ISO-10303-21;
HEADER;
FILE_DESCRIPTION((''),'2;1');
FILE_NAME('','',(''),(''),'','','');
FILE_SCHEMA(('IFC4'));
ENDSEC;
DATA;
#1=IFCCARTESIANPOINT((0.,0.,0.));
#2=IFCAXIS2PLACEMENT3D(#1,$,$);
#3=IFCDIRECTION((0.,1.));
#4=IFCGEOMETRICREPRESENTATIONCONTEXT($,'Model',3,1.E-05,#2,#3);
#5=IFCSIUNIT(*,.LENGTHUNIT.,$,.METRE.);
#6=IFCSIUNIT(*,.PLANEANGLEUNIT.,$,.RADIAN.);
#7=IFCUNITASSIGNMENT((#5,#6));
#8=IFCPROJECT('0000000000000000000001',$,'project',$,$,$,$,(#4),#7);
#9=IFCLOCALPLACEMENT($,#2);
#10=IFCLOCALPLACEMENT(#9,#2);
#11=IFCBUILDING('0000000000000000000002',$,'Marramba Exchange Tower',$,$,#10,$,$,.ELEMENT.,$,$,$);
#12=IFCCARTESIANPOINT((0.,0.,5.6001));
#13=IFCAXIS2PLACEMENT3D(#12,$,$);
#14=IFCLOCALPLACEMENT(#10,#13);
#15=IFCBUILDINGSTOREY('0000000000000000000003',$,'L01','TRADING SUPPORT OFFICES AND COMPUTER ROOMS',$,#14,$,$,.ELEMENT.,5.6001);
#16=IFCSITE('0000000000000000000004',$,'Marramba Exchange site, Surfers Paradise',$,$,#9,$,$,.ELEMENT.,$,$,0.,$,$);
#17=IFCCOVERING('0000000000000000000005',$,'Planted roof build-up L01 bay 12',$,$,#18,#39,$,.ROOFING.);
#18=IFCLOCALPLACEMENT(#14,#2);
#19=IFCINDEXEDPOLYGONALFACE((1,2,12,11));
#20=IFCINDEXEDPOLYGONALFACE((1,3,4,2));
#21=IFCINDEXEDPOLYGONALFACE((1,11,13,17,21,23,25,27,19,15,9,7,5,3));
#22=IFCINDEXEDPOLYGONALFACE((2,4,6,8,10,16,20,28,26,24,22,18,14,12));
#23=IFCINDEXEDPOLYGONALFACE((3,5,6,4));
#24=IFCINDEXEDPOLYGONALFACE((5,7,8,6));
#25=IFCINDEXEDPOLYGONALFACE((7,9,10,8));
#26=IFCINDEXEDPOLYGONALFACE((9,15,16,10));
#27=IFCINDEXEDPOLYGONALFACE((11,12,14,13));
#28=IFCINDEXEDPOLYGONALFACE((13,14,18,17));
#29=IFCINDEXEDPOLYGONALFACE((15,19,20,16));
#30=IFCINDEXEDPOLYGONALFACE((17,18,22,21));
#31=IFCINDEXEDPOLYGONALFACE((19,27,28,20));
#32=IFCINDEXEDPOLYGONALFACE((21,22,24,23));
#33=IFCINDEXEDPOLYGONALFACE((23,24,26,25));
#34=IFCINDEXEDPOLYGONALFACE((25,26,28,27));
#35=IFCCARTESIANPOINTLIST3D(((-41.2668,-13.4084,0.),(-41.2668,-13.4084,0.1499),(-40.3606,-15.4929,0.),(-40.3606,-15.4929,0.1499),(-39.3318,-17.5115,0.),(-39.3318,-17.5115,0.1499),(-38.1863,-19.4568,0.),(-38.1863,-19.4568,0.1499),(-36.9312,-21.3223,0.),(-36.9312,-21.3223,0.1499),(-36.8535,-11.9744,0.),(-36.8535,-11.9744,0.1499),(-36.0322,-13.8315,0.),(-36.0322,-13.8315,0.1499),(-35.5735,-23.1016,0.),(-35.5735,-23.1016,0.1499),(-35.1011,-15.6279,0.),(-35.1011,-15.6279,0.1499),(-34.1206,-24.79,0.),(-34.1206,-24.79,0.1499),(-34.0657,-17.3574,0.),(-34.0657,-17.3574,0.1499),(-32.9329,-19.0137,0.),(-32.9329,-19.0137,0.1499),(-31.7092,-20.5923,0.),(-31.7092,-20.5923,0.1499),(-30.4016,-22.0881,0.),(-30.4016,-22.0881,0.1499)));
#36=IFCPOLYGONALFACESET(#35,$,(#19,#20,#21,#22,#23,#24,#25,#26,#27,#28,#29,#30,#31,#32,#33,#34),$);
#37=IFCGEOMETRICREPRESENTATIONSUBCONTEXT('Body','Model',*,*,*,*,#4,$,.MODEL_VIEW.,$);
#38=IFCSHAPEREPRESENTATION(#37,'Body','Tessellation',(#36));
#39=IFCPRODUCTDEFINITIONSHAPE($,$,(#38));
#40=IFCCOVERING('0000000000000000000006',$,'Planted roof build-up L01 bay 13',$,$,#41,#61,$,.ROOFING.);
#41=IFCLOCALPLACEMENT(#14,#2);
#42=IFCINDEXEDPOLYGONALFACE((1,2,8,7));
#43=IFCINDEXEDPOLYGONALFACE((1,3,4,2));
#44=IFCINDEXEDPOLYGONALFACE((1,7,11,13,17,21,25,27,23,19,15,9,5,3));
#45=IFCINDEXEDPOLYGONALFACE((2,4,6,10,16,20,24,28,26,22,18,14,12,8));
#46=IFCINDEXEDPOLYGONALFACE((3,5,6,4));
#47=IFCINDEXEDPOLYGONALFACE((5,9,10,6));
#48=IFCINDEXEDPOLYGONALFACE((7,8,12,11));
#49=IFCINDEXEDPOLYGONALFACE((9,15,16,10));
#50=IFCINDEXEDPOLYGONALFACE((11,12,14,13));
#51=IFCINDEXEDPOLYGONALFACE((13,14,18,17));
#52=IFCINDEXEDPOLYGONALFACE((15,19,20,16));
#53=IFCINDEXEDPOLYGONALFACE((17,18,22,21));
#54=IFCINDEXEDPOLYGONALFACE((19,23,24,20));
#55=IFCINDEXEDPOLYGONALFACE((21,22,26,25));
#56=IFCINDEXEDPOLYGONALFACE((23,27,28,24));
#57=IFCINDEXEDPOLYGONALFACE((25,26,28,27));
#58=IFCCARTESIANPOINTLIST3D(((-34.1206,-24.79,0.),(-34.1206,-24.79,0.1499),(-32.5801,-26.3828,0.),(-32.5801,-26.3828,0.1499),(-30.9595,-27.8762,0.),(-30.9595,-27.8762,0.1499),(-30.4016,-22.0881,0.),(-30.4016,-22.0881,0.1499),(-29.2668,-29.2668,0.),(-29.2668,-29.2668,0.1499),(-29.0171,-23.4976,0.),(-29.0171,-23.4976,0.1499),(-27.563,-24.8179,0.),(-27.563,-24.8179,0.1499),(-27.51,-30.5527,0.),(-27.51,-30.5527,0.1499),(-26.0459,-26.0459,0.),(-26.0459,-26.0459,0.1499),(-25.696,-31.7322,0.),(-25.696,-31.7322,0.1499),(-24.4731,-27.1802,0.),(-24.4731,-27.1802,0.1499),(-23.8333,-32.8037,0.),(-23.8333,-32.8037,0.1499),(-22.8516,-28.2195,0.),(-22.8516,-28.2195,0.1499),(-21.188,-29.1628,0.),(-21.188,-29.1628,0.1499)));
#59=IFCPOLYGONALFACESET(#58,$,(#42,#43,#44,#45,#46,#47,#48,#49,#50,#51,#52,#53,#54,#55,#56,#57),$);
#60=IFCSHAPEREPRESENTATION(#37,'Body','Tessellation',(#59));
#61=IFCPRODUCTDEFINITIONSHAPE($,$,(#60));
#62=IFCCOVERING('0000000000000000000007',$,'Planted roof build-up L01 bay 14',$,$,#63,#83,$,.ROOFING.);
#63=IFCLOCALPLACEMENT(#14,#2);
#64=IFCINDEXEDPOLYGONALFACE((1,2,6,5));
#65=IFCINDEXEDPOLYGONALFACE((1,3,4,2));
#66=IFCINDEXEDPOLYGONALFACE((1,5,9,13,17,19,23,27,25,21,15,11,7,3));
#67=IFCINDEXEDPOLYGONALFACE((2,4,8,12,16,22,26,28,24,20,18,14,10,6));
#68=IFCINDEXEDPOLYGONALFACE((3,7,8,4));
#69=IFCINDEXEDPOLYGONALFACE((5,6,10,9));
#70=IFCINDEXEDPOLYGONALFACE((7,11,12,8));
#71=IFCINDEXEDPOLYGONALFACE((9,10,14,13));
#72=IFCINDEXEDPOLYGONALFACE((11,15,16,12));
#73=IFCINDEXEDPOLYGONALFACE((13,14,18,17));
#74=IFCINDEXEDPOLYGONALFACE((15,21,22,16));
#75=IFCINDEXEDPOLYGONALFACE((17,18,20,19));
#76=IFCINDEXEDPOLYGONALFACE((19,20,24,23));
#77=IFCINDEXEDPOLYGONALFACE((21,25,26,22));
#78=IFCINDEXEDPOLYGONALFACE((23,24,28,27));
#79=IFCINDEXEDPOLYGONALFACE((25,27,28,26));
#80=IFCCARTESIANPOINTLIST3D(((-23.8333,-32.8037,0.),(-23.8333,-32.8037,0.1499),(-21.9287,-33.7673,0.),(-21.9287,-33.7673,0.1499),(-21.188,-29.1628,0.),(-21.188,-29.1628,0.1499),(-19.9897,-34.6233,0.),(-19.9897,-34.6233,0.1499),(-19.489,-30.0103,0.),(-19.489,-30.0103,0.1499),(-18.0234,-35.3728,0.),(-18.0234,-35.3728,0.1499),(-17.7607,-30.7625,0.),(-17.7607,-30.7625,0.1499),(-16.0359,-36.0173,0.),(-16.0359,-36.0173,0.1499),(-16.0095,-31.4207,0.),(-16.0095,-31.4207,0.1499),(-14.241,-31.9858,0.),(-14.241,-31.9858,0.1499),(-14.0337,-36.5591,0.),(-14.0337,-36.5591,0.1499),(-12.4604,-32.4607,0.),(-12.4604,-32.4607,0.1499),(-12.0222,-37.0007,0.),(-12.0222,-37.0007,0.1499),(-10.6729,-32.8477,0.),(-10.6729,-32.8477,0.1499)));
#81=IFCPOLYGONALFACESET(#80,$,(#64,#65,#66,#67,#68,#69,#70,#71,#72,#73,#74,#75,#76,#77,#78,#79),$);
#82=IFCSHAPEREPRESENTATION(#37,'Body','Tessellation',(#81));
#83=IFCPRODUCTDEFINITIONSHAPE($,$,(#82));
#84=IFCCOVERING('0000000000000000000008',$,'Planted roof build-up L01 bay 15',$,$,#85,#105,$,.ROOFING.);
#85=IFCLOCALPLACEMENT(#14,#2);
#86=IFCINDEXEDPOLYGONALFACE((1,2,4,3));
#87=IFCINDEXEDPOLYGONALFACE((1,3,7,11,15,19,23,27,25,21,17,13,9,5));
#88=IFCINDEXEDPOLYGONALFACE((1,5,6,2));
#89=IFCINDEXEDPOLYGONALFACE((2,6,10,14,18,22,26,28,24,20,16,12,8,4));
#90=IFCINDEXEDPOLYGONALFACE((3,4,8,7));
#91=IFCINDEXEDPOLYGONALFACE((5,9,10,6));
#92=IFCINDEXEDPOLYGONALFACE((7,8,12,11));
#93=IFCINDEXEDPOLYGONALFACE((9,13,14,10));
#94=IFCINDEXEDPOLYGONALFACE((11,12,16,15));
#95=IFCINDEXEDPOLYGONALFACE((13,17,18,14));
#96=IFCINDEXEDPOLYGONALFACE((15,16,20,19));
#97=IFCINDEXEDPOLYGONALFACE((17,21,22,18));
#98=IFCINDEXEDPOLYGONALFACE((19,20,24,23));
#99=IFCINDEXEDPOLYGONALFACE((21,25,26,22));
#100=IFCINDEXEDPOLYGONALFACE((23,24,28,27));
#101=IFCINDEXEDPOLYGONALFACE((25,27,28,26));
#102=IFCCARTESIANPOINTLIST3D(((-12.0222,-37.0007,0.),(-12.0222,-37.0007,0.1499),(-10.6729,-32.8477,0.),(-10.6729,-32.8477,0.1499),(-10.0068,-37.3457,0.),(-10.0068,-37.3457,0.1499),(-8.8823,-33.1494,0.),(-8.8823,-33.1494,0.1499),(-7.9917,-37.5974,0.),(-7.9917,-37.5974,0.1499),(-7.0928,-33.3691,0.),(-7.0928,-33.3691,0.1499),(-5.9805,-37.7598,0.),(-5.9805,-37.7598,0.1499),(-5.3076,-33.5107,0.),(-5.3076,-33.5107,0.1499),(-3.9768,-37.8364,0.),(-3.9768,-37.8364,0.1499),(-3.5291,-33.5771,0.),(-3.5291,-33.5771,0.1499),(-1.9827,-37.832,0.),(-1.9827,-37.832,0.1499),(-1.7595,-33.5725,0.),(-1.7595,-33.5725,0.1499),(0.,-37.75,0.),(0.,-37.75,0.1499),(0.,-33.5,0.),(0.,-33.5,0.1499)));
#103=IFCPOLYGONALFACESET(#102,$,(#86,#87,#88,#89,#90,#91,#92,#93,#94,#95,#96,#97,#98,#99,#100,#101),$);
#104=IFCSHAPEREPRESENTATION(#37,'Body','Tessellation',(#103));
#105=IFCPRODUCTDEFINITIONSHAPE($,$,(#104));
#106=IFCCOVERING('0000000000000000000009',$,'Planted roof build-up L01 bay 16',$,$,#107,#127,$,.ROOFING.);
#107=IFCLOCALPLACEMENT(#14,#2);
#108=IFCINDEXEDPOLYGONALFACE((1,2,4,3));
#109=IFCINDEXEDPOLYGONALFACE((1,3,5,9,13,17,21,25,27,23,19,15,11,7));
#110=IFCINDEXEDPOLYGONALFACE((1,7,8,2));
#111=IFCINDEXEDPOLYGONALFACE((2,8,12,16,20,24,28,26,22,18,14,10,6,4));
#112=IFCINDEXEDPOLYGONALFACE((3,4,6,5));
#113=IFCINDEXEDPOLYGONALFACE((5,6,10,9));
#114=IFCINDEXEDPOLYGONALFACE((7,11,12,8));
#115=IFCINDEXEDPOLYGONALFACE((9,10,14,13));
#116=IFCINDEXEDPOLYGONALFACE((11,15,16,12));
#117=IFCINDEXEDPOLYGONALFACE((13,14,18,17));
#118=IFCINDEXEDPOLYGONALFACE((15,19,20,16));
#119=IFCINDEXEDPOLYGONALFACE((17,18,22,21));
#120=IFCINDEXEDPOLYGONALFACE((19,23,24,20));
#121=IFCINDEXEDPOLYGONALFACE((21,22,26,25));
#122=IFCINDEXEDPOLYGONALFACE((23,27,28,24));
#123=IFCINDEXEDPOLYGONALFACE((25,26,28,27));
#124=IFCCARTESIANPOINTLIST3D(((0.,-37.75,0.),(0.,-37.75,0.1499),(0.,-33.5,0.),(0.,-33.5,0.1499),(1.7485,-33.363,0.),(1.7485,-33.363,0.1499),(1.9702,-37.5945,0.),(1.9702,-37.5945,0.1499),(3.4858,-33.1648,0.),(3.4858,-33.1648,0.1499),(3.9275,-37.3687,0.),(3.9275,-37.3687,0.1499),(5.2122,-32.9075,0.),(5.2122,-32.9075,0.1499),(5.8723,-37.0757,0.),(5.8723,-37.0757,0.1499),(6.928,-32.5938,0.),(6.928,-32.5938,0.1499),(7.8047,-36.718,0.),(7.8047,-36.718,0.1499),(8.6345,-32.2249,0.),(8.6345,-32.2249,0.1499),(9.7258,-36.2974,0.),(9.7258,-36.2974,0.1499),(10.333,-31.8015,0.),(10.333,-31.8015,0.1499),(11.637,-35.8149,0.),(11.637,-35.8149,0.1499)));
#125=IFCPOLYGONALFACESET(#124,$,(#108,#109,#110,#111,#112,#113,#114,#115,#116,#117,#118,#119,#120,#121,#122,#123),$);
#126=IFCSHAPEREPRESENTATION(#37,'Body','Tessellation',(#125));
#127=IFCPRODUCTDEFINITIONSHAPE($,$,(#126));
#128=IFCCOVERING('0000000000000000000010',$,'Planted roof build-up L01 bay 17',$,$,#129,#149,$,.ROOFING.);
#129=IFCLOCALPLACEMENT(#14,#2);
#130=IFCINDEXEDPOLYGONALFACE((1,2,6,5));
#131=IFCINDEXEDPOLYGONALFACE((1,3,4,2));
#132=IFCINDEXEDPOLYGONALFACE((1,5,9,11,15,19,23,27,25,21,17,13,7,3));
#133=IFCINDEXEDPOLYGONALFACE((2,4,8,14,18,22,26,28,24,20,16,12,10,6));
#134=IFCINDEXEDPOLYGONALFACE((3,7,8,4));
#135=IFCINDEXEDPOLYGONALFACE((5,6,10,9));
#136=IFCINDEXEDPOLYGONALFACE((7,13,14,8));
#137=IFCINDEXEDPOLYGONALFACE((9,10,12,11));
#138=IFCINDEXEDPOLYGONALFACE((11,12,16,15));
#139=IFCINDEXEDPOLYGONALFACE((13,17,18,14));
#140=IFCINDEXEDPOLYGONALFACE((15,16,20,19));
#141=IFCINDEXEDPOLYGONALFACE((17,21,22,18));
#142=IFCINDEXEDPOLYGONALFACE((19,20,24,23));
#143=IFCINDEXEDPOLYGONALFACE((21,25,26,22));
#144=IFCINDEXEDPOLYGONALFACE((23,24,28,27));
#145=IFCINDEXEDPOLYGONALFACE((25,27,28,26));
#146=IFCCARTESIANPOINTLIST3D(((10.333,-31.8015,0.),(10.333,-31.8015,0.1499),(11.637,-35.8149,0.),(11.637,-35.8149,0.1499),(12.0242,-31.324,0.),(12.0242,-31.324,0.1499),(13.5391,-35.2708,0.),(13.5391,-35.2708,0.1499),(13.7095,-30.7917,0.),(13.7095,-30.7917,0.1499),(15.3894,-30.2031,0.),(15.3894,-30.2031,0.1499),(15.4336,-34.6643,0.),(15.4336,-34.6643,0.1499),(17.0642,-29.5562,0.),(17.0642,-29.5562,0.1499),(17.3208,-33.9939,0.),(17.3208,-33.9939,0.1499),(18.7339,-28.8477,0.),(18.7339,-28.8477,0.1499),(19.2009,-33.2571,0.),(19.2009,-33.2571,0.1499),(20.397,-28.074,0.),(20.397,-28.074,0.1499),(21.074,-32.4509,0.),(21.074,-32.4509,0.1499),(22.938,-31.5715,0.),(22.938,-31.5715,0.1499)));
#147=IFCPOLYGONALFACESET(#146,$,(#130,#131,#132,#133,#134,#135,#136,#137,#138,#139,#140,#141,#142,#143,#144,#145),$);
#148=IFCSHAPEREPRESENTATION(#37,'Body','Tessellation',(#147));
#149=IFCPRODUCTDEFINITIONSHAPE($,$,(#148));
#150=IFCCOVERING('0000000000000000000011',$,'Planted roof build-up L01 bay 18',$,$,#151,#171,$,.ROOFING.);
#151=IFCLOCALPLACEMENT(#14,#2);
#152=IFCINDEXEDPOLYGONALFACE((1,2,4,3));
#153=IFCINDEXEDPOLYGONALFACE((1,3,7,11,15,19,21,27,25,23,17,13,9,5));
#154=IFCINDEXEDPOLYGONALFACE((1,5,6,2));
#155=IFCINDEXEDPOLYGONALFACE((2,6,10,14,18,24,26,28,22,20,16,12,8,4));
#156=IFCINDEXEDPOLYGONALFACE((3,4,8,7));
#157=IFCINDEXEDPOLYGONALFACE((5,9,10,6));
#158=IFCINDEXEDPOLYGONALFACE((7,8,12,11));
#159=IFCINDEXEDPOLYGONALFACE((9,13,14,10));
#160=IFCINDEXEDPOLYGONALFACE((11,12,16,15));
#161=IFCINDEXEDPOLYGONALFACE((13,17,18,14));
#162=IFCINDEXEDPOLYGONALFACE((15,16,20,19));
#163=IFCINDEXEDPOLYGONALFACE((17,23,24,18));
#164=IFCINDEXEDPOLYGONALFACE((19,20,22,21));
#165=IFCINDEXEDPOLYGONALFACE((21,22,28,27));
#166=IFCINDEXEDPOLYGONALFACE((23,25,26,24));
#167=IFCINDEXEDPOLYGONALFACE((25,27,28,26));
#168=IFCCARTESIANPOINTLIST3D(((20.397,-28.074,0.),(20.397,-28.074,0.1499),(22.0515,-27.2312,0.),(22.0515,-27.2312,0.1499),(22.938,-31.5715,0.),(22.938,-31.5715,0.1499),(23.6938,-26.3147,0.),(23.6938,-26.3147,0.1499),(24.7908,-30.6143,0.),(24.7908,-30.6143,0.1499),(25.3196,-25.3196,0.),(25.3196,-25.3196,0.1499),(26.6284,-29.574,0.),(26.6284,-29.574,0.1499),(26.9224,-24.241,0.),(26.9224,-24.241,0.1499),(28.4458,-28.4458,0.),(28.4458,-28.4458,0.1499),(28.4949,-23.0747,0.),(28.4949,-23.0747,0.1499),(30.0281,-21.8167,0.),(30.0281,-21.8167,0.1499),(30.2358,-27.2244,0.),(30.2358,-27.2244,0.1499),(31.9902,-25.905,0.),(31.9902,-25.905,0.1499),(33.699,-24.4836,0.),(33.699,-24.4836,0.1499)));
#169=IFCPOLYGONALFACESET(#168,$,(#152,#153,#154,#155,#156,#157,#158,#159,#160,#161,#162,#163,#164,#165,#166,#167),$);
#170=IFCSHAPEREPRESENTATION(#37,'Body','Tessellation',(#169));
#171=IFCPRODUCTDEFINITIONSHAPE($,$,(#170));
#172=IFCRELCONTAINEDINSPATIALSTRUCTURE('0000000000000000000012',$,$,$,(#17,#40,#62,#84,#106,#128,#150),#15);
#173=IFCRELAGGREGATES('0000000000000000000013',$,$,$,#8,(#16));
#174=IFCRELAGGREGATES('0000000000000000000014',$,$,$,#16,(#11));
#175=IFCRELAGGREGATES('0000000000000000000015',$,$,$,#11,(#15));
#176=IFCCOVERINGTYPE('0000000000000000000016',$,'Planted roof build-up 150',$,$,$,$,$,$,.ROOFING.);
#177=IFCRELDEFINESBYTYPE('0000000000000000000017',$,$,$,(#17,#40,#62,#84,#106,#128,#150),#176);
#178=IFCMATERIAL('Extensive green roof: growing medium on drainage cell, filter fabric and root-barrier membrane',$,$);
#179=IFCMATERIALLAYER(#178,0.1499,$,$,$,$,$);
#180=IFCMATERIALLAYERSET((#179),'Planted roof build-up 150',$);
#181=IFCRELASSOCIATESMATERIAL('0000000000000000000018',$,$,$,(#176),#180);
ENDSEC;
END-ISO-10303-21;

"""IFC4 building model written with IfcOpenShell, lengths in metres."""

from ifc_helpers import new_model, si_unit, direction, frame, origin, place, context, subcontext, project, spatial, polyline, outline, extrude, material, layer, layer_set, type_object, element, save


model = new_model("IFC4")

# Units and contexts
model_context = context("Model", 3, precision=1e-05, world=origin(), true_north=direction((0.0, 1.0)))
body_context = subcontext(model_context, "Body", "Model", "MODEL_VIEW")
ifc_project = project(units=[si_unit("LENGTHUNIT", "METRE"), si_unit("PLANEANGLEUNIT", "RADIAN")], contexts=[model_context])

# Site, building, storey
site_placement = place(None, origin())
site = spatial("IfcSite", under=ifc_project, at=site_placement, Name="Marramba Exchange site, Surfers Paradise", CompositionType="ELEMENT", RefElevation=0.0)
building_placement = place(site_placement, origin())
building = spatial("IfcBuilding", under=site, at=building_placement, Name="Marramba Exchange Tower", CompositionType="ELEMENT")
storey_placement = place(building_placement, frame((0.0, 0.0, 5.6001)))
storey = spatial("IfcBuildingStorey", under=building, at=storey_placement, Name="L01", Description="TRADING SUPPORT OFFICES AND COMPUTER ROOMS", CompositionType="ELEMENT", Elevation=5.6001)

# Coverings
ifc_material_1 = material(Name="Extensive green roof: growing medium on drainage cell, filter fabric and root-barrier membrane")
ifc_layer_1 = layer(ifc_material_1, 0.1499)
ifc_layer_set_1 = layer_set([ifc_layer_1], Name="Planted roof build-up 150")
covering_type = type_object("IfcCoveringType", Name="Planted roof build-up 150", PredefinedType="ROOFING", material=ifc_layer_set_1)
covering_1_placement = place(storey_placement, origin())
element("IfcCovering", 1, at=covering_1_placement, inside=storey, type_object=covering_type, Name="Planted roof build-up L01 bay 12", PredefinedType="ROOFING", context=body_context, shape_type="SweptSolid", body=[
    extrude(outline(polyline([(-36.8535, -11.9744), (-36.0322, -13.8315), (-35.1011, -15.6279), (-34.0657, -17.3574), (-32.9329, -19.0137), (-31.7092, -20.5923), (-30.4016, -22.0881), (-34.1206, -24.79), (-34.1206, -24.79), (-35.5735, -23.1016), (-36.9312, -21.3223), (-38.1863, -19.4568), (-39.3318, -17.5115), (-40.3606, -15.4929), (-41.2668, -13.4084), (-41.2668, -13.4084), (-36.8535, -11.9744)])), origin(), (0.0, 0.0, 1.0), 0.1499),
])
covering_2_placement = place(storey_placement, origin())
element("IfcCovering", 2, at=covering_2_placement, inside=storey, type_object=covering_type, Name="Planted roof build-up L01 bay 13", PredefinedType="ROOFING", context=body_context, shape_type="SweptSolid", body=[
    extrude(outline(polyline([(-30.4016, -22.0881), (-29.0171, -23.4976), (-27.563, -24.8179), (-26.0459, -26.0459), (-24.4731, -27.1802), (-22.8516, -28.2195), (-21.188, -29.1628), (-23.8333, -32.8037), (-23.8333, -32.8037), (-25.696, -31.7322), (-27.51, -30.5527), (-29.2668, -29.2668), (-30.9595, -27.8762), (-32.5801, -26.3828), (-34.1206, -24.79), (-30.4016, -22.0881)])), origin(), (0.0, 0.0, 1.0), 0.1499),
])
covering_3_placement = place(storey_placement, origin())
element("IfcCovering", 3, at=covering_3_placement, inside=storey, type_object=covering_type, Name="Planted roof build-up L01 bay 14", PredefinedType="ROOFING", context=body_context, shape_type="SweptSolid", body=[
    extrude(outline(polyline([(-21.188, -29.1628), (-19.489, -30.0103), (-17.7607, -30.7625), (-16.0095, -31.4207), (-14.241, -31.9858), (-12.4604, -32.4607), (-10.6729, -32.8477), (-12.0222, -37.0007), (-12.0222, -37.0007), (-14.0337, -36.5591), (-16.0359, -36.0173), (-18.0234, -35.3728), (-19.9897, -34.6233), (-21.9287, -33.7673), (-23.8333, -32.8037), (-21.188, -29.1628)])), origin(), (0.0, 0.0, 1.0), 0.1499),
])
covering_4_placement = place(storey_placement, origin())
element("IfcCovering", 4, at=covering_4_placement, inside=storey, type_object=covering_type, Name="Planted roof build-up L01 bay 15", PredefinedType="ROOFING", context=body_context, shape_type="SweptSolid", body=[
    extrude(outline(polyline([(-10.6729, -32.8477), (-8.8823, -33.1494), (-7.0928, -33.3691), (-5.3076, -33.5107), (-3.5291, -33.5771), (-1.7595, -33.5725), (0.0, -33.5), (0.0, -37.75), (-1.9827, -37.832), (-3.9768, -37.8364), (-5.9805, -37.7598), (-7.9917, -37.5974), (-10.0068, -37.3457), (-12.0222, -37.0007), (-10.6729, -32.8477)])), origin(), (0.0, 0.0, 1.0), 0.1499),
])
covering_5_placement = place(storey_placement, origin())
element("IfcCovering", 5, at=covering_5_placement, inside=storey, type_object=covering_type, Name="Planted roof build-up L01 bay 16", PredefinedType="ROOFING", context=body_context, shape_type="SweptSolid", body=[
    extrude(outline(polyline([(0.0, -33.5), (1.7485, -33.363), (3.4858, -33.1648), (5.2122, -32.9075), (6.928, -32.5938), (8.6345, -32.2249), (10.333, -31.8015), (11.637, -35.8149), (9.7258, -36.2974), (7.8047, -36.718), (5.8723, -37.0757), (3.9275, -37.3687), (1.9702, -37.5945), (0.0, -37.75), (0.0, -33.5)])), origin(), (0.0, 0.0, 1.0), 0.1499),
])
covering_6_placement = place(storey_placement, origin())
element("IfcCovering", 6, at=covering_6_placement, inside=storey, type_object=covering_type, Name="Planted roof build-up L01 bay 17", PredefinedType="ROOFING", context=body_context, shape_type="SweptSolid", body=[
    extrude(outline(polyline([(10.333, -31.8015), (12.0242, -31.324), (13.7095, -30.7917), (15.3894, -30.2031), (17.0642, -29.5562), (18.7339, -28.8477), (20.397, -28.074), (22.938, -31.5715), (21.074, -32.4509), (19.2009, -33.2571), (17.3208, -33.9939), (15.4336, -34.6643), (13.5391, -35.2708), (11.637, -35.8149), (11.637, -35.8149), (10.333, -31.8015)])), origin(), (0.0, 0.0, 1.0), 0.1499),
])
covering_7_placement = place(storey_placement, origin())
element("IfcCovering", 7, at=covering_7_placement, inside=storey, type_object=covering_type, Name="Planted roof build-up L01 bay 18", PredefinedType="ROOFING", context=body_context, shape_type="SweptSolid", body=[
    extrude(outline(polyline([(20.397, -28.074), (22.0515, -27.2312), (23.6938, -26.3147), (25.3196, -25.3196), (26.9224, -24.241), (28.4949, -23.0747), (30.0281, -21.8167), (33.699, -24.4836), (33.699, -24.4836), (31.9902, -25.905), (30.2358, -27.2244), (28.4458, -28.4458), (26.6284, -29.574), (24.7908, -30.6143), (22.938, -31.5715), (22.938, -31.5715), (20.397, -28.074)])), origin(), (0.0, 0.0, 1.0), 0.1499),
])

save(model, "model.ifc")
